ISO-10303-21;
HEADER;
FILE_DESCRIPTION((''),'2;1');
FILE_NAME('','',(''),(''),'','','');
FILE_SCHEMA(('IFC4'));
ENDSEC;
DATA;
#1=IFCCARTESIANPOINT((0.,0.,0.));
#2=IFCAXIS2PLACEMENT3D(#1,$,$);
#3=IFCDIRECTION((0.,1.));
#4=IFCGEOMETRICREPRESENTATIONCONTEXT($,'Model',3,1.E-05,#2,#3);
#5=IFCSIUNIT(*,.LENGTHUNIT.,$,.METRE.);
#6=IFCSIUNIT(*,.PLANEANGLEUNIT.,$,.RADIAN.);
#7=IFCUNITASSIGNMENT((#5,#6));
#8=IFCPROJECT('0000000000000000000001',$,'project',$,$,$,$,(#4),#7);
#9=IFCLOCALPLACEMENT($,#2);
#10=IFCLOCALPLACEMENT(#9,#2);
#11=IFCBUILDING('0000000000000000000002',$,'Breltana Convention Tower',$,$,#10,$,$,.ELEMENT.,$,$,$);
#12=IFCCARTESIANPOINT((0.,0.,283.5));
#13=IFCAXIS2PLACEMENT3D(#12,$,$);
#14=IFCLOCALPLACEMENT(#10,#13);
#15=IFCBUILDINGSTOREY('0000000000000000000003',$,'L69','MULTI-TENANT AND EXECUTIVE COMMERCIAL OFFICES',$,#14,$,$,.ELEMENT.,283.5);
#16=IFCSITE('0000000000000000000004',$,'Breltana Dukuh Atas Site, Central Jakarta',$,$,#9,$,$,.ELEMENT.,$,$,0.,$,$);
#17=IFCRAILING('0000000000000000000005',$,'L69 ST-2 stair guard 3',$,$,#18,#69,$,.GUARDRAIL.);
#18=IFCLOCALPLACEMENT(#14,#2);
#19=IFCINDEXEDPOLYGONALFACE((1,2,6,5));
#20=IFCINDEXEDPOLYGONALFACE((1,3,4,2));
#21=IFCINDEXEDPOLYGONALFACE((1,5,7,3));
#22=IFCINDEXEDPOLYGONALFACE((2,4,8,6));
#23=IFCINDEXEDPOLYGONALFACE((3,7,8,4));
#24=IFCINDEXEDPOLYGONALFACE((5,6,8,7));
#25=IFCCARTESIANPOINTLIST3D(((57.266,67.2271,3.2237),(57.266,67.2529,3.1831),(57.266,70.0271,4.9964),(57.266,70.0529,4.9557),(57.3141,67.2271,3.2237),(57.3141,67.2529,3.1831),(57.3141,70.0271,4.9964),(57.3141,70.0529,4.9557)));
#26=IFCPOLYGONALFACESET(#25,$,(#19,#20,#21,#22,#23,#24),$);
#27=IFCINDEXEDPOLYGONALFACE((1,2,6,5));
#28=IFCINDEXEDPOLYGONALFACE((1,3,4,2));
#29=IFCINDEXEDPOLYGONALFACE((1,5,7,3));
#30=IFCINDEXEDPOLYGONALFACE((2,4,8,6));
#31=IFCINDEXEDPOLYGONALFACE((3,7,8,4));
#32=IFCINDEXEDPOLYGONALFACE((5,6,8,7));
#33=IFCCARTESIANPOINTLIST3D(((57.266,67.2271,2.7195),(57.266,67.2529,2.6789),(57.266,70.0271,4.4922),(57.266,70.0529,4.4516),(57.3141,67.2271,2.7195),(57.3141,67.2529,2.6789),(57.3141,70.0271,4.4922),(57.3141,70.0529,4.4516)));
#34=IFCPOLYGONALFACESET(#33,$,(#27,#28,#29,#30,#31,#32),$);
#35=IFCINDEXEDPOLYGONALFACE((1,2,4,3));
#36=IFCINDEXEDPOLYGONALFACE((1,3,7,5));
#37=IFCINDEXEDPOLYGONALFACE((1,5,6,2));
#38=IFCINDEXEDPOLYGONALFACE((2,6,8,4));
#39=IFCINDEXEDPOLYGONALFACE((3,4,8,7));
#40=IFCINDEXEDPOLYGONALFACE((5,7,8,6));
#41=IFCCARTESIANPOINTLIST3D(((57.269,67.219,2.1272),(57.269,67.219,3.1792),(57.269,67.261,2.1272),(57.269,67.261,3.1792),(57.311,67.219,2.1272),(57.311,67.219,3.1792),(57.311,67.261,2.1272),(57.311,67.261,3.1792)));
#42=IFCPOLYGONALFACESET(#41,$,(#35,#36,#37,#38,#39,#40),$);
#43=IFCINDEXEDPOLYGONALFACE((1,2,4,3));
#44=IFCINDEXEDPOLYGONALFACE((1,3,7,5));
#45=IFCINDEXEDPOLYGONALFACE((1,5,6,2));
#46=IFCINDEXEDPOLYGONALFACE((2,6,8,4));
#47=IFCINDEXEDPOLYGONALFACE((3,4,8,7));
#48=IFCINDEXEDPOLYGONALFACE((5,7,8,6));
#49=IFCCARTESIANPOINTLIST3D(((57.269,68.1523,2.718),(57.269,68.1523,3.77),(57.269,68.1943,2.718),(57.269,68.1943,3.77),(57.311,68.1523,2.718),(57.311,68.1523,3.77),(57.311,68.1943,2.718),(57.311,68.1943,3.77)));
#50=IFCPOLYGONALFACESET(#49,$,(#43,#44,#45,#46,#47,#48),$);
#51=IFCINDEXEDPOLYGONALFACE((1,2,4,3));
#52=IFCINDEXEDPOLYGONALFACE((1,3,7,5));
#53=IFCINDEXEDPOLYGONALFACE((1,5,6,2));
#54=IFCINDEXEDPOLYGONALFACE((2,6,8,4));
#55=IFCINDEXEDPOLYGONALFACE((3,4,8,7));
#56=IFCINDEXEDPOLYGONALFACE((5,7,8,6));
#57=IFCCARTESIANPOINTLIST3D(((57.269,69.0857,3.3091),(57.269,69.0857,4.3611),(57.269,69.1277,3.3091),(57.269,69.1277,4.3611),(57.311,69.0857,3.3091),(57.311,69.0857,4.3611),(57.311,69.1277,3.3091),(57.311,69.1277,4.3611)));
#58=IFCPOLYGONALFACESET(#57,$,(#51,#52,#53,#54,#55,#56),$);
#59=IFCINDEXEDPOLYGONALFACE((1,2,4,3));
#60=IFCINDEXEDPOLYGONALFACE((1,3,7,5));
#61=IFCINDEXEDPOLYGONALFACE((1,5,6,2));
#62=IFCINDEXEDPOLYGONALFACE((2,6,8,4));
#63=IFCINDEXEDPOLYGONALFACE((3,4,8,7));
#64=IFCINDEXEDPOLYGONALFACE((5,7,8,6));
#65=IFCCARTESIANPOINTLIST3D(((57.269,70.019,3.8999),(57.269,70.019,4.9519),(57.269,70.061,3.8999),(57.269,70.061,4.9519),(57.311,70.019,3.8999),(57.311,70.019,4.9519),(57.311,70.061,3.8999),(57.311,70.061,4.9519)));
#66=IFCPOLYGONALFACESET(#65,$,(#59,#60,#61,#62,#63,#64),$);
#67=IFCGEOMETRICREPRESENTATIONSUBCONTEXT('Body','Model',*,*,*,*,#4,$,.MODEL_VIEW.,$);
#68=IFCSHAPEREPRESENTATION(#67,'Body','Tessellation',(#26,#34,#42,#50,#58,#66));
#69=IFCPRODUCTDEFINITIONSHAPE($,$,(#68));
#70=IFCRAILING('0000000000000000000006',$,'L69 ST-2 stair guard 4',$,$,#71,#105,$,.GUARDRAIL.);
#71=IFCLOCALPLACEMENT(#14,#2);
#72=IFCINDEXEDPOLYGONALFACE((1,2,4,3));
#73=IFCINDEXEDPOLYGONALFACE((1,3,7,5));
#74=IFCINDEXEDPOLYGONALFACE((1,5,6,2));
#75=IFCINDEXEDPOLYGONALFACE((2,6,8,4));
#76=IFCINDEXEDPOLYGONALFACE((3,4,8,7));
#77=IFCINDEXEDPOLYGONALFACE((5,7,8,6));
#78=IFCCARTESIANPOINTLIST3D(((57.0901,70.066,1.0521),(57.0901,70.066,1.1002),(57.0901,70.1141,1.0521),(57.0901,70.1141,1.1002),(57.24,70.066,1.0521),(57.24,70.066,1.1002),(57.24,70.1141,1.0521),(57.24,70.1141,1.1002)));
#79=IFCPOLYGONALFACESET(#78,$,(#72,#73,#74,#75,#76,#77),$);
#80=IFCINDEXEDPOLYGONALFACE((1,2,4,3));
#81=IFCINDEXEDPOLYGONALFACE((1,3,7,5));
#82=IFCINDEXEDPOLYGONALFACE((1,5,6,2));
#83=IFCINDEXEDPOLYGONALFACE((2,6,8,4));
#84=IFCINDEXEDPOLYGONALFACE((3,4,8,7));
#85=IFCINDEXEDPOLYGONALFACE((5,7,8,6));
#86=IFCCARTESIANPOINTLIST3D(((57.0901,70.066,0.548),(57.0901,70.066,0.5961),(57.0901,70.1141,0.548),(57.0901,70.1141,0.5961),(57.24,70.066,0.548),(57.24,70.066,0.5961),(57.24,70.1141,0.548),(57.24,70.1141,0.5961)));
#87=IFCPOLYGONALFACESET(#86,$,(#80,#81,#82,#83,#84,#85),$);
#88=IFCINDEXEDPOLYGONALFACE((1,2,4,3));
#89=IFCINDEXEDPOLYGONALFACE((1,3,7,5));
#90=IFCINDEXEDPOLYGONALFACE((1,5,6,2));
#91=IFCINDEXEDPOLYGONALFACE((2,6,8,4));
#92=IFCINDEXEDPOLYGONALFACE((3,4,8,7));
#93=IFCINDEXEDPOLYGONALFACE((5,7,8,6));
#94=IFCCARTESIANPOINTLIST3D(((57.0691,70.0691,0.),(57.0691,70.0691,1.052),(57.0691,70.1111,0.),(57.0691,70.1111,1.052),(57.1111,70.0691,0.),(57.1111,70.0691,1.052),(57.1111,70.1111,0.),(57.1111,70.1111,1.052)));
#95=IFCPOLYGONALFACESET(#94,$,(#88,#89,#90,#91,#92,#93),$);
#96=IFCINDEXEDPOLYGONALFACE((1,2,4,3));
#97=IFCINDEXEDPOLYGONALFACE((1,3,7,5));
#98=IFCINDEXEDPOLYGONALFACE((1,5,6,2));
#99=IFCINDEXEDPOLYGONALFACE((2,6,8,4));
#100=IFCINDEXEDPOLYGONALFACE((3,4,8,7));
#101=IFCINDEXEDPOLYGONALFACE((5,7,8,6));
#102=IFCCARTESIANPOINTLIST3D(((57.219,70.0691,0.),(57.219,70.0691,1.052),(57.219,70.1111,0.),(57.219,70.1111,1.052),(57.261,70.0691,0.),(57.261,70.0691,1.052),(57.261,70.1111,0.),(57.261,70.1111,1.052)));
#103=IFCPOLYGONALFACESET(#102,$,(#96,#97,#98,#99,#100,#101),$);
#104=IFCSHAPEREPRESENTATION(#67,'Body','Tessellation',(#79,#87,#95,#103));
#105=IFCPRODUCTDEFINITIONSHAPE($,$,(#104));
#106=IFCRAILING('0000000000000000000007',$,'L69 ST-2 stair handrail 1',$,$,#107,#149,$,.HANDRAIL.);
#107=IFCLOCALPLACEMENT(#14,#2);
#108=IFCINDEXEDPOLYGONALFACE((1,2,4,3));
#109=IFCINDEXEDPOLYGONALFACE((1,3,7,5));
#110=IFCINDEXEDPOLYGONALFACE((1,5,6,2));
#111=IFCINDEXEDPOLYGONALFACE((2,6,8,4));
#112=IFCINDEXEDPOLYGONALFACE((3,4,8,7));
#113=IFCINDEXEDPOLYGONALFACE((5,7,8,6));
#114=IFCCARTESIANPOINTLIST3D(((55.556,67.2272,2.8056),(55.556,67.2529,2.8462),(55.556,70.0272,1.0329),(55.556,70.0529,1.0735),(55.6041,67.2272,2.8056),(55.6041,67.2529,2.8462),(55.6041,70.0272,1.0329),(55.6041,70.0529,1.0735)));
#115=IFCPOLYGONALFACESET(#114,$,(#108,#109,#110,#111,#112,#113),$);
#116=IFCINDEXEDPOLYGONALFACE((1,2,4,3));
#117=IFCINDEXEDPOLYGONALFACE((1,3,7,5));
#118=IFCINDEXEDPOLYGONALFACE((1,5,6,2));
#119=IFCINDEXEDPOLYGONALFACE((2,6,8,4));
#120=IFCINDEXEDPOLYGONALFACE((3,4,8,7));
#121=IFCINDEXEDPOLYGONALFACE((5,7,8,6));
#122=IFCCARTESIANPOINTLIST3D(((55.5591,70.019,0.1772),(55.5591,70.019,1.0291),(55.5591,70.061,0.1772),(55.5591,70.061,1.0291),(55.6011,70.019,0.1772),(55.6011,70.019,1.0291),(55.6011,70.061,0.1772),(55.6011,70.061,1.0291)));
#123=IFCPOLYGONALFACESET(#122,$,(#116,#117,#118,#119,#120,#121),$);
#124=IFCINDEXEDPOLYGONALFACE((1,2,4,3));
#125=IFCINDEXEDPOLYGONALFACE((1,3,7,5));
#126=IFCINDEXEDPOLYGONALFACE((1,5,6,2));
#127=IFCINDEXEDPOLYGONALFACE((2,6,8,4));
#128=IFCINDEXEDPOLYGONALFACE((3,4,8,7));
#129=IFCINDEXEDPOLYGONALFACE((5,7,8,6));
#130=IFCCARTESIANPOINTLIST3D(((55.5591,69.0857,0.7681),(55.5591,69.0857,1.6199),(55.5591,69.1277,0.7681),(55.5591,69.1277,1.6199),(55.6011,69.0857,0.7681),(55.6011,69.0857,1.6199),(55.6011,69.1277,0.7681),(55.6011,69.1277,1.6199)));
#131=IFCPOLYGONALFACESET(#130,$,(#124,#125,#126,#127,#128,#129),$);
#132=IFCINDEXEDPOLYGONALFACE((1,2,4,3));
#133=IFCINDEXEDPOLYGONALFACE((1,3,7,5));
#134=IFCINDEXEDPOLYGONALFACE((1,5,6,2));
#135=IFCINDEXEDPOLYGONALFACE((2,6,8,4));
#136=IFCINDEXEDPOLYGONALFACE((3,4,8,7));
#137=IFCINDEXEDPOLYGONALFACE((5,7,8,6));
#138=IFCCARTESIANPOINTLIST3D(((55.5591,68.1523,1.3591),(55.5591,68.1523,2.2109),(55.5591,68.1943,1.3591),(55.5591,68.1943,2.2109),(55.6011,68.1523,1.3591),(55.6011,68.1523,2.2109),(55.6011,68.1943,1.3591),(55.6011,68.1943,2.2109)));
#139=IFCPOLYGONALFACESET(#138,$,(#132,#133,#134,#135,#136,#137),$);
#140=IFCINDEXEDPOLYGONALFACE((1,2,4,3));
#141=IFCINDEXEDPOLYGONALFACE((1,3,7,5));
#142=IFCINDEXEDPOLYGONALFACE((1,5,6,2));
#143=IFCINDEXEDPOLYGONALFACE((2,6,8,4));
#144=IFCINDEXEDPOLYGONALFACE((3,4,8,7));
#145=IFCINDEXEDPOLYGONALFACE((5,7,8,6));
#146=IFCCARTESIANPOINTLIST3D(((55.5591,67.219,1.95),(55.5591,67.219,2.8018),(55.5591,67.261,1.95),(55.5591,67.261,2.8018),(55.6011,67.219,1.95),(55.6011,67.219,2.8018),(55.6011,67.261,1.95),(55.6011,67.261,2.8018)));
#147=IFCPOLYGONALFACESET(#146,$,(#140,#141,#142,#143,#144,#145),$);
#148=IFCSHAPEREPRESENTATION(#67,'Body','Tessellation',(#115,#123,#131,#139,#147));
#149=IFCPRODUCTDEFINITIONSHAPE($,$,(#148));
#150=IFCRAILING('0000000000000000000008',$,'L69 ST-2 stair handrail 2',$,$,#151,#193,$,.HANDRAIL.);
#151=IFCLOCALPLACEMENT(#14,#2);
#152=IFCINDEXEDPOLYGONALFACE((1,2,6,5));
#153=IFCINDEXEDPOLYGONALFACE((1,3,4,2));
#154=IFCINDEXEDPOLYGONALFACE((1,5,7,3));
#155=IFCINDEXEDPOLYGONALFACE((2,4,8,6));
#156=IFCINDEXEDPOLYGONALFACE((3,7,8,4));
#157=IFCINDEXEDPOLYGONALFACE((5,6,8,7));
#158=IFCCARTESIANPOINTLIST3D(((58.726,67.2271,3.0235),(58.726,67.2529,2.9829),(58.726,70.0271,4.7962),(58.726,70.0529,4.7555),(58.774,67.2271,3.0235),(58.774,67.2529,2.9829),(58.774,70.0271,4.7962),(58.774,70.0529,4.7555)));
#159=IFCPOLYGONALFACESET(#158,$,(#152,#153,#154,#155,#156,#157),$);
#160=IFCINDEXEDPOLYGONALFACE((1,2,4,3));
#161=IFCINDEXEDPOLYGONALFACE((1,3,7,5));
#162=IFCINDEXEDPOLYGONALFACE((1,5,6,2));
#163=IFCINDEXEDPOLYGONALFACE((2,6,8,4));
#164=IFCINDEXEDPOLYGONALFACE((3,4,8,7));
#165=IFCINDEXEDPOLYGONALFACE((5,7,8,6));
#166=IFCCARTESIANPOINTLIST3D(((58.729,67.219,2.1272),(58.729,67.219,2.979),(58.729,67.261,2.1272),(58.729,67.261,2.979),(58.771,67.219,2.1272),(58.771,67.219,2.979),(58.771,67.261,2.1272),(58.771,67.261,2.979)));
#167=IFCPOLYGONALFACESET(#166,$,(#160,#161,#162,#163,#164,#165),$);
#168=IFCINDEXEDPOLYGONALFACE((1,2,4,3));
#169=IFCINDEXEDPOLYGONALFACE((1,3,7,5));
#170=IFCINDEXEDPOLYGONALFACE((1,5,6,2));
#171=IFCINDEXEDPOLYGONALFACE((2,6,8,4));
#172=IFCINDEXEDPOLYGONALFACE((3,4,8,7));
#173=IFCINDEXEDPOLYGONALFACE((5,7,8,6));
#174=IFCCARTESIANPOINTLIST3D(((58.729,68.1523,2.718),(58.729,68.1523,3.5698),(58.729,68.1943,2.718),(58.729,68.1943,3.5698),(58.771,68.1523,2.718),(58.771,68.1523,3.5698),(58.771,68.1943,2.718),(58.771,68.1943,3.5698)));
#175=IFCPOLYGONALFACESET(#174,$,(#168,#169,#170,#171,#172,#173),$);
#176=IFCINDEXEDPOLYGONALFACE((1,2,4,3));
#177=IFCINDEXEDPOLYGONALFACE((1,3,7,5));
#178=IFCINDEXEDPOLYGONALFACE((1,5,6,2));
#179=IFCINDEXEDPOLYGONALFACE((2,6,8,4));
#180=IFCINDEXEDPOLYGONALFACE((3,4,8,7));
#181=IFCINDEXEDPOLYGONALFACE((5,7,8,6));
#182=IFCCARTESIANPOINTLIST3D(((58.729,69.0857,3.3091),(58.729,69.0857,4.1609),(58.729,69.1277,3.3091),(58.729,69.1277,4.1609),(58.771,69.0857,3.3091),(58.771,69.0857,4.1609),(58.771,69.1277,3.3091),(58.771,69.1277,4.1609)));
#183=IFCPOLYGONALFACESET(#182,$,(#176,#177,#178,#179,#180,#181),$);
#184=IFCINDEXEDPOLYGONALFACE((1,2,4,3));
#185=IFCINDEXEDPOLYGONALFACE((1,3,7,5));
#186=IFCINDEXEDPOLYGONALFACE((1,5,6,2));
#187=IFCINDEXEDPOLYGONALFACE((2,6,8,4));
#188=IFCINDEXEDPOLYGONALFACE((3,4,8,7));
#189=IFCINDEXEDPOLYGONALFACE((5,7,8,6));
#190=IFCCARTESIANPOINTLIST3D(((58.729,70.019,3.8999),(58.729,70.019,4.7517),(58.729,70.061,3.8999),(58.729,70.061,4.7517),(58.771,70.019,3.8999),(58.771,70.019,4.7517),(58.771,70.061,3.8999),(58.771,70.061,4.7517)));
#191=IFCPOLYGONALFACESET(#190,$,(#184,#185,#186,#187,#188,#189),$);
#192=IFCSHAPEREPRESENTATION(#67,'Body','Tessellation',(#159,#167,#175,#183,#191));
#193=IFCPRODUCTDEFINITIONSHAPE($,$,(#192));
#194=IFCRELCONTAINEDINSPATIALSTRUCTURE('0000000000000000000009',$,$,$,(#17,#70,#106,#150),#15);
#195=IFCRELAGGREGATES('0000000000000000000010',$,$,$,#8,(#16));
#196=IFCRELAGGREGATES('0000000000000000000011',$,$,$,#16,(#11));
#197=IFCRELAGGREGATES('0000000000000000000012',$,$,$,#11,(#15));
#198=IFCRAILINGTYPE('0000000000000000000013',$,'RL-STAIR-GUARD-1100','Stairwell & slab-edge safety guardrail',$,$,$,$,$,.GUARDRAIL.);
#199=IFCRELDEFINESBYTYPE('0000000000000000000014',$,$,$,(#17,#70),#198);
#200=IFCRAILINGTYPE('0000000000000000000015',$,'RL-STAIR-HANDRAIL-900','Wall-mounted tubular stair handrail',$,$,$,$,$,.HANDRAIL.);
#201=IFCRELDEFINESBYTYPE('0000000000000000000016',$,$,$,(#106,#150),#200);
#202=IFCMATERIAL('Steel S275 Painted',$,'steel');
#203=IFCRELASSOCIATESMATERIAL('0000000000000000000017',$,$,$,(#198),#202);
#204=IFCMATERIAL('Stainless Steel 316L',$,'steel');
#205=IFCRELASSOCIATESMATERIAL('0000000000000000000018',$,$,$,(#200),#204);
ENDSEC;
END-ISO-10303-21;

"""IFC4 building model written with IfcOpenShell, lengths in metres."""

from ifc_helpers import new_model, si_unit, direction, frame, origin, origin_2d, place, context, subcontext, project, spatial, rectangle, extrude, material, type_object, element, save


model = new_model("IFC4")

# Units and contexts
model_context = context("Model", 3, precision=1e-05, world=origin(), true_north=direction((0.0, 1.0)))
body_context = subcontext(model_context, "Body", "Model", "MODEL_VIEW")
ifc_project = project(units=[si_unit("LENGTHUNIT", "METRE"), si_unit("PLANEANGLEUNIT", "RADIAN")], contexts=[model_context])

# Site, building, storey
site_placement = place(None, origin())
site = spatial("IfcSite", under=ifc_project, at=site_placement, Name="Breltana Dukuh Atas Site, Central Jakarta", CompositionType="ELEMENT", RefElevation=0.0)
building_placement = place(site_placement, origin())
building = spatial("IfcBuilding", under=site, at=building_placement, Name="Breltana Convention Tower", CompositionType="ELEMENT")
storey_placement = place(building_placement, frame((0.0, 0.0, 283.5)))
storey = spatial("IfcBuildingStorey", under=building, at=storey_placement, Name="L69", Description="MULTI-TENANT AND EXECUTIVE COMMERCIAL OFFICES", CompositionType="ELEMENT", Elevation=283.5)

# Railings
ifc_material_1 = material(Name="Steel S275 Painted", Category="steel")
railing_type_1 = type_object("IfcRailingType", Name="RL-STAIR-GUARD-1100", Description="Stairwell & slab-edge safety guardrail", PredefinedType="GUARDRAIL", material=ifc_material_1)
railing_1_placement = place(storey_placement, frame((57.29, 67.24, 2.1272)))
element("IfcRailing", 1, at=railing_1_placement, inside=storey, type_object=railing_type_1, Name="L69 ST-2 stair guard 3", PredefinedType="GUARDRAIL", context=body_context, shape_type="SweptSolid", body=[
    extrude(rectangle(XDim=0.0481, YDim=0.0481, at=origin_2d()), frame((0.0, 0.0, 1.0762), z_axis=(0.0, 0.844909, 0.53491), x_axis=(-1.0, 0.0, 0.0)), (0.0, 0.0, 1.0), 3.314),
    extrude(rectangle(XDim=0.0481, YDim=0.0481, at=origin_2d()), frame((0.0, 0.0, 0.572), z_axis=(0.0, 0.844909, 0.53491), x_axis=(-1.0, 0.0, 0.0)), (0.0, 0.0, 1.0), 3.314),
    extrude(rectangle(XDim=0.042, YDim=0.042, at=origin_2d()), origin(), (0.0, 0.0, 1.0), 1.052),
    extrude(rectangle(XDim=0.042, YDim=0.042, at=origin_2d()), frame((0.0, 0.9333, 0.5908)), (0.0, 0.0, 1.0), 1.052),
    extrude(rectangle(XDim=0.042, YDim=0.042, at=origin_2d()), frame((0.0, 1.8667, 1.1819)), (0.0, 0.0, 1.0), 1.052),
    extrude(rectangle(XDim=0.042, YDim=0.042, at=origin_2d()), frame((0.0, 2.8, 1.7727)), (0.0, 0.0, 1.0), 1.052),
])
railing_2_placement = place(storey_placement, frame((57.0901, 70.0901, 0.0)))
element("IfcRailing", 2, at=railing_2_placement, inside=storey, type_object=railing_type_1, Name="L69 ST-2 stair guard 4", PredefinedType="GUARDRAIL", context=body_context, shape_type="SweptSolid", body=[
    extrude(rectangle(XDim=0.0481, YDim=0.0481, at=origin_2d()), frame((0.0, 0.0, 1.0762), z_axis=(1.0, 0.0, 0.0), x_axis=(0.0, 1.0, 0.0)), (0.0, 0.0, 1.0), 0.1499),
    extrude(rectangle(XDim=0.0481, YDim=0.0481, at=origin_2d()), frame((0.0, 0.0, 0.572), z_axis=(1.0, 0.0, 0.0), x_axis=(0.0, 1.0, 0.0)), (0.0, 0.0, 1.0), 0.1499),
    extrude(rectangle(XDim=0.042, YDim=0.042, at=origin_2d()), origin(), (0.0, 0.0, 1.0), 1.052),
    extrude(rectangle(XDim=0.042, YDim=0.042, at=origin_2d()), frame((0.1499, 0.0, 0.0)), (0.0, 0.0, 1.0), 1.052),
])
ifc_material_2 = material(Name="Stainless Steel 316L", Category="steel")
railing_type_2 = type_object("IfcRailingType", Name="RL-STAIR-HANDRAIL-900", Description="Wall-mounted tubular stair handrail", PredefinedType="HANDRAIL", material=ifc_material_2)
railing_3_placement = place(storey_placement, frame((55.5801, 70.04, 0.1772)))
element("IfcRailing", 3, at=railing_3_placement, inside=storey, type_object=railing_type_2, Name="L69 ST-2 stair handrail 1", PredefinedType="HANDRAIL", context=body_context, shape_type="SweptSolid", body=[
    extrude(rectangle(XDim=0.0481, YDim=0.0481, at=origin_2d()), frame((0.0, 0.0, 0.876), z_axis=(0.0, -0.844909, 0.53491), x_axis=(1.0, 0.0, 0.0)), (0.0, 0.0, 1.0), 3.314),
    extrude(rectangle(XDim=0.042, YDim=0.042, at=origin_2d()), origin(), (0.0, 0.0, 1.0), 0.8518),
    extrude(rectangle(XDim=0.042, YDim=0.042, at=origin_2d()), frame((0.0, -0.9333, 0.5908)), (0.0, 0.0, 1.0), 0.8518),
    extrude(rectangle(XDim=0.042, YDim=0.042, at=origin_2d()), frame((0.0, -1.8667, 1.1819)), (0.0, 0.0, 1.0), 0.8518),
    extrude(rectangle(XDim=0.042, YDim=0.042, at=origin_2d()), frame((0.0, -2.8, 1.7727)), (0.0, 0.0, 1.0), 0.8518),
])
railing_4_placement = place(storey_placement, frame((58.75, 67.24, 2.1272)))
element("IfcRailing", 4, at=railing_4_placement, inside=storey, type_object=railing_type_2, Name="L69 ST-2 stair handrail 2", PredefinedType="HANDRAIL", context=body_context, shape_type="SweptSolid", body=[
    extrude(rectangle(XDim=0.0481, YDim=0.0481, at=origin_2d()), frame((0.0, 0.0, 0.876), z_axis=(0.0, 0.844909, 0.53491), x_axis=(-1.0, 0.0, 0.0)), (0.0, 0.0, 1.0), 3.314),
    extrude(rectangle(XDim=0.042, YDim=0.042, at=origin_2d()), origin(), (0.0, 0.0, 1.0), 0.8518),
    extrude(rectangle(XDim=0.042, YDim=0.042, at=origin_2d()), frame((0.0, 0.9333, 0.5908)), (0.0, 0.0, 1.0), 0.8518),
    extrude(rectangle(XDim=0.042, YDim=0.042, at=origin_2d()), frame((0.0, 1.8667, 1.1819)), (0.0, 0.0, 1.0), 0.8518),
    extrude(rectangle(XDim=0.042, YDim=0.042, at=origin_2d()), frame((0.0, 2.8, 1.7727)), (0.0, 0.0, 1.0), 0.8518),
])

save(model, "model.ifc")
